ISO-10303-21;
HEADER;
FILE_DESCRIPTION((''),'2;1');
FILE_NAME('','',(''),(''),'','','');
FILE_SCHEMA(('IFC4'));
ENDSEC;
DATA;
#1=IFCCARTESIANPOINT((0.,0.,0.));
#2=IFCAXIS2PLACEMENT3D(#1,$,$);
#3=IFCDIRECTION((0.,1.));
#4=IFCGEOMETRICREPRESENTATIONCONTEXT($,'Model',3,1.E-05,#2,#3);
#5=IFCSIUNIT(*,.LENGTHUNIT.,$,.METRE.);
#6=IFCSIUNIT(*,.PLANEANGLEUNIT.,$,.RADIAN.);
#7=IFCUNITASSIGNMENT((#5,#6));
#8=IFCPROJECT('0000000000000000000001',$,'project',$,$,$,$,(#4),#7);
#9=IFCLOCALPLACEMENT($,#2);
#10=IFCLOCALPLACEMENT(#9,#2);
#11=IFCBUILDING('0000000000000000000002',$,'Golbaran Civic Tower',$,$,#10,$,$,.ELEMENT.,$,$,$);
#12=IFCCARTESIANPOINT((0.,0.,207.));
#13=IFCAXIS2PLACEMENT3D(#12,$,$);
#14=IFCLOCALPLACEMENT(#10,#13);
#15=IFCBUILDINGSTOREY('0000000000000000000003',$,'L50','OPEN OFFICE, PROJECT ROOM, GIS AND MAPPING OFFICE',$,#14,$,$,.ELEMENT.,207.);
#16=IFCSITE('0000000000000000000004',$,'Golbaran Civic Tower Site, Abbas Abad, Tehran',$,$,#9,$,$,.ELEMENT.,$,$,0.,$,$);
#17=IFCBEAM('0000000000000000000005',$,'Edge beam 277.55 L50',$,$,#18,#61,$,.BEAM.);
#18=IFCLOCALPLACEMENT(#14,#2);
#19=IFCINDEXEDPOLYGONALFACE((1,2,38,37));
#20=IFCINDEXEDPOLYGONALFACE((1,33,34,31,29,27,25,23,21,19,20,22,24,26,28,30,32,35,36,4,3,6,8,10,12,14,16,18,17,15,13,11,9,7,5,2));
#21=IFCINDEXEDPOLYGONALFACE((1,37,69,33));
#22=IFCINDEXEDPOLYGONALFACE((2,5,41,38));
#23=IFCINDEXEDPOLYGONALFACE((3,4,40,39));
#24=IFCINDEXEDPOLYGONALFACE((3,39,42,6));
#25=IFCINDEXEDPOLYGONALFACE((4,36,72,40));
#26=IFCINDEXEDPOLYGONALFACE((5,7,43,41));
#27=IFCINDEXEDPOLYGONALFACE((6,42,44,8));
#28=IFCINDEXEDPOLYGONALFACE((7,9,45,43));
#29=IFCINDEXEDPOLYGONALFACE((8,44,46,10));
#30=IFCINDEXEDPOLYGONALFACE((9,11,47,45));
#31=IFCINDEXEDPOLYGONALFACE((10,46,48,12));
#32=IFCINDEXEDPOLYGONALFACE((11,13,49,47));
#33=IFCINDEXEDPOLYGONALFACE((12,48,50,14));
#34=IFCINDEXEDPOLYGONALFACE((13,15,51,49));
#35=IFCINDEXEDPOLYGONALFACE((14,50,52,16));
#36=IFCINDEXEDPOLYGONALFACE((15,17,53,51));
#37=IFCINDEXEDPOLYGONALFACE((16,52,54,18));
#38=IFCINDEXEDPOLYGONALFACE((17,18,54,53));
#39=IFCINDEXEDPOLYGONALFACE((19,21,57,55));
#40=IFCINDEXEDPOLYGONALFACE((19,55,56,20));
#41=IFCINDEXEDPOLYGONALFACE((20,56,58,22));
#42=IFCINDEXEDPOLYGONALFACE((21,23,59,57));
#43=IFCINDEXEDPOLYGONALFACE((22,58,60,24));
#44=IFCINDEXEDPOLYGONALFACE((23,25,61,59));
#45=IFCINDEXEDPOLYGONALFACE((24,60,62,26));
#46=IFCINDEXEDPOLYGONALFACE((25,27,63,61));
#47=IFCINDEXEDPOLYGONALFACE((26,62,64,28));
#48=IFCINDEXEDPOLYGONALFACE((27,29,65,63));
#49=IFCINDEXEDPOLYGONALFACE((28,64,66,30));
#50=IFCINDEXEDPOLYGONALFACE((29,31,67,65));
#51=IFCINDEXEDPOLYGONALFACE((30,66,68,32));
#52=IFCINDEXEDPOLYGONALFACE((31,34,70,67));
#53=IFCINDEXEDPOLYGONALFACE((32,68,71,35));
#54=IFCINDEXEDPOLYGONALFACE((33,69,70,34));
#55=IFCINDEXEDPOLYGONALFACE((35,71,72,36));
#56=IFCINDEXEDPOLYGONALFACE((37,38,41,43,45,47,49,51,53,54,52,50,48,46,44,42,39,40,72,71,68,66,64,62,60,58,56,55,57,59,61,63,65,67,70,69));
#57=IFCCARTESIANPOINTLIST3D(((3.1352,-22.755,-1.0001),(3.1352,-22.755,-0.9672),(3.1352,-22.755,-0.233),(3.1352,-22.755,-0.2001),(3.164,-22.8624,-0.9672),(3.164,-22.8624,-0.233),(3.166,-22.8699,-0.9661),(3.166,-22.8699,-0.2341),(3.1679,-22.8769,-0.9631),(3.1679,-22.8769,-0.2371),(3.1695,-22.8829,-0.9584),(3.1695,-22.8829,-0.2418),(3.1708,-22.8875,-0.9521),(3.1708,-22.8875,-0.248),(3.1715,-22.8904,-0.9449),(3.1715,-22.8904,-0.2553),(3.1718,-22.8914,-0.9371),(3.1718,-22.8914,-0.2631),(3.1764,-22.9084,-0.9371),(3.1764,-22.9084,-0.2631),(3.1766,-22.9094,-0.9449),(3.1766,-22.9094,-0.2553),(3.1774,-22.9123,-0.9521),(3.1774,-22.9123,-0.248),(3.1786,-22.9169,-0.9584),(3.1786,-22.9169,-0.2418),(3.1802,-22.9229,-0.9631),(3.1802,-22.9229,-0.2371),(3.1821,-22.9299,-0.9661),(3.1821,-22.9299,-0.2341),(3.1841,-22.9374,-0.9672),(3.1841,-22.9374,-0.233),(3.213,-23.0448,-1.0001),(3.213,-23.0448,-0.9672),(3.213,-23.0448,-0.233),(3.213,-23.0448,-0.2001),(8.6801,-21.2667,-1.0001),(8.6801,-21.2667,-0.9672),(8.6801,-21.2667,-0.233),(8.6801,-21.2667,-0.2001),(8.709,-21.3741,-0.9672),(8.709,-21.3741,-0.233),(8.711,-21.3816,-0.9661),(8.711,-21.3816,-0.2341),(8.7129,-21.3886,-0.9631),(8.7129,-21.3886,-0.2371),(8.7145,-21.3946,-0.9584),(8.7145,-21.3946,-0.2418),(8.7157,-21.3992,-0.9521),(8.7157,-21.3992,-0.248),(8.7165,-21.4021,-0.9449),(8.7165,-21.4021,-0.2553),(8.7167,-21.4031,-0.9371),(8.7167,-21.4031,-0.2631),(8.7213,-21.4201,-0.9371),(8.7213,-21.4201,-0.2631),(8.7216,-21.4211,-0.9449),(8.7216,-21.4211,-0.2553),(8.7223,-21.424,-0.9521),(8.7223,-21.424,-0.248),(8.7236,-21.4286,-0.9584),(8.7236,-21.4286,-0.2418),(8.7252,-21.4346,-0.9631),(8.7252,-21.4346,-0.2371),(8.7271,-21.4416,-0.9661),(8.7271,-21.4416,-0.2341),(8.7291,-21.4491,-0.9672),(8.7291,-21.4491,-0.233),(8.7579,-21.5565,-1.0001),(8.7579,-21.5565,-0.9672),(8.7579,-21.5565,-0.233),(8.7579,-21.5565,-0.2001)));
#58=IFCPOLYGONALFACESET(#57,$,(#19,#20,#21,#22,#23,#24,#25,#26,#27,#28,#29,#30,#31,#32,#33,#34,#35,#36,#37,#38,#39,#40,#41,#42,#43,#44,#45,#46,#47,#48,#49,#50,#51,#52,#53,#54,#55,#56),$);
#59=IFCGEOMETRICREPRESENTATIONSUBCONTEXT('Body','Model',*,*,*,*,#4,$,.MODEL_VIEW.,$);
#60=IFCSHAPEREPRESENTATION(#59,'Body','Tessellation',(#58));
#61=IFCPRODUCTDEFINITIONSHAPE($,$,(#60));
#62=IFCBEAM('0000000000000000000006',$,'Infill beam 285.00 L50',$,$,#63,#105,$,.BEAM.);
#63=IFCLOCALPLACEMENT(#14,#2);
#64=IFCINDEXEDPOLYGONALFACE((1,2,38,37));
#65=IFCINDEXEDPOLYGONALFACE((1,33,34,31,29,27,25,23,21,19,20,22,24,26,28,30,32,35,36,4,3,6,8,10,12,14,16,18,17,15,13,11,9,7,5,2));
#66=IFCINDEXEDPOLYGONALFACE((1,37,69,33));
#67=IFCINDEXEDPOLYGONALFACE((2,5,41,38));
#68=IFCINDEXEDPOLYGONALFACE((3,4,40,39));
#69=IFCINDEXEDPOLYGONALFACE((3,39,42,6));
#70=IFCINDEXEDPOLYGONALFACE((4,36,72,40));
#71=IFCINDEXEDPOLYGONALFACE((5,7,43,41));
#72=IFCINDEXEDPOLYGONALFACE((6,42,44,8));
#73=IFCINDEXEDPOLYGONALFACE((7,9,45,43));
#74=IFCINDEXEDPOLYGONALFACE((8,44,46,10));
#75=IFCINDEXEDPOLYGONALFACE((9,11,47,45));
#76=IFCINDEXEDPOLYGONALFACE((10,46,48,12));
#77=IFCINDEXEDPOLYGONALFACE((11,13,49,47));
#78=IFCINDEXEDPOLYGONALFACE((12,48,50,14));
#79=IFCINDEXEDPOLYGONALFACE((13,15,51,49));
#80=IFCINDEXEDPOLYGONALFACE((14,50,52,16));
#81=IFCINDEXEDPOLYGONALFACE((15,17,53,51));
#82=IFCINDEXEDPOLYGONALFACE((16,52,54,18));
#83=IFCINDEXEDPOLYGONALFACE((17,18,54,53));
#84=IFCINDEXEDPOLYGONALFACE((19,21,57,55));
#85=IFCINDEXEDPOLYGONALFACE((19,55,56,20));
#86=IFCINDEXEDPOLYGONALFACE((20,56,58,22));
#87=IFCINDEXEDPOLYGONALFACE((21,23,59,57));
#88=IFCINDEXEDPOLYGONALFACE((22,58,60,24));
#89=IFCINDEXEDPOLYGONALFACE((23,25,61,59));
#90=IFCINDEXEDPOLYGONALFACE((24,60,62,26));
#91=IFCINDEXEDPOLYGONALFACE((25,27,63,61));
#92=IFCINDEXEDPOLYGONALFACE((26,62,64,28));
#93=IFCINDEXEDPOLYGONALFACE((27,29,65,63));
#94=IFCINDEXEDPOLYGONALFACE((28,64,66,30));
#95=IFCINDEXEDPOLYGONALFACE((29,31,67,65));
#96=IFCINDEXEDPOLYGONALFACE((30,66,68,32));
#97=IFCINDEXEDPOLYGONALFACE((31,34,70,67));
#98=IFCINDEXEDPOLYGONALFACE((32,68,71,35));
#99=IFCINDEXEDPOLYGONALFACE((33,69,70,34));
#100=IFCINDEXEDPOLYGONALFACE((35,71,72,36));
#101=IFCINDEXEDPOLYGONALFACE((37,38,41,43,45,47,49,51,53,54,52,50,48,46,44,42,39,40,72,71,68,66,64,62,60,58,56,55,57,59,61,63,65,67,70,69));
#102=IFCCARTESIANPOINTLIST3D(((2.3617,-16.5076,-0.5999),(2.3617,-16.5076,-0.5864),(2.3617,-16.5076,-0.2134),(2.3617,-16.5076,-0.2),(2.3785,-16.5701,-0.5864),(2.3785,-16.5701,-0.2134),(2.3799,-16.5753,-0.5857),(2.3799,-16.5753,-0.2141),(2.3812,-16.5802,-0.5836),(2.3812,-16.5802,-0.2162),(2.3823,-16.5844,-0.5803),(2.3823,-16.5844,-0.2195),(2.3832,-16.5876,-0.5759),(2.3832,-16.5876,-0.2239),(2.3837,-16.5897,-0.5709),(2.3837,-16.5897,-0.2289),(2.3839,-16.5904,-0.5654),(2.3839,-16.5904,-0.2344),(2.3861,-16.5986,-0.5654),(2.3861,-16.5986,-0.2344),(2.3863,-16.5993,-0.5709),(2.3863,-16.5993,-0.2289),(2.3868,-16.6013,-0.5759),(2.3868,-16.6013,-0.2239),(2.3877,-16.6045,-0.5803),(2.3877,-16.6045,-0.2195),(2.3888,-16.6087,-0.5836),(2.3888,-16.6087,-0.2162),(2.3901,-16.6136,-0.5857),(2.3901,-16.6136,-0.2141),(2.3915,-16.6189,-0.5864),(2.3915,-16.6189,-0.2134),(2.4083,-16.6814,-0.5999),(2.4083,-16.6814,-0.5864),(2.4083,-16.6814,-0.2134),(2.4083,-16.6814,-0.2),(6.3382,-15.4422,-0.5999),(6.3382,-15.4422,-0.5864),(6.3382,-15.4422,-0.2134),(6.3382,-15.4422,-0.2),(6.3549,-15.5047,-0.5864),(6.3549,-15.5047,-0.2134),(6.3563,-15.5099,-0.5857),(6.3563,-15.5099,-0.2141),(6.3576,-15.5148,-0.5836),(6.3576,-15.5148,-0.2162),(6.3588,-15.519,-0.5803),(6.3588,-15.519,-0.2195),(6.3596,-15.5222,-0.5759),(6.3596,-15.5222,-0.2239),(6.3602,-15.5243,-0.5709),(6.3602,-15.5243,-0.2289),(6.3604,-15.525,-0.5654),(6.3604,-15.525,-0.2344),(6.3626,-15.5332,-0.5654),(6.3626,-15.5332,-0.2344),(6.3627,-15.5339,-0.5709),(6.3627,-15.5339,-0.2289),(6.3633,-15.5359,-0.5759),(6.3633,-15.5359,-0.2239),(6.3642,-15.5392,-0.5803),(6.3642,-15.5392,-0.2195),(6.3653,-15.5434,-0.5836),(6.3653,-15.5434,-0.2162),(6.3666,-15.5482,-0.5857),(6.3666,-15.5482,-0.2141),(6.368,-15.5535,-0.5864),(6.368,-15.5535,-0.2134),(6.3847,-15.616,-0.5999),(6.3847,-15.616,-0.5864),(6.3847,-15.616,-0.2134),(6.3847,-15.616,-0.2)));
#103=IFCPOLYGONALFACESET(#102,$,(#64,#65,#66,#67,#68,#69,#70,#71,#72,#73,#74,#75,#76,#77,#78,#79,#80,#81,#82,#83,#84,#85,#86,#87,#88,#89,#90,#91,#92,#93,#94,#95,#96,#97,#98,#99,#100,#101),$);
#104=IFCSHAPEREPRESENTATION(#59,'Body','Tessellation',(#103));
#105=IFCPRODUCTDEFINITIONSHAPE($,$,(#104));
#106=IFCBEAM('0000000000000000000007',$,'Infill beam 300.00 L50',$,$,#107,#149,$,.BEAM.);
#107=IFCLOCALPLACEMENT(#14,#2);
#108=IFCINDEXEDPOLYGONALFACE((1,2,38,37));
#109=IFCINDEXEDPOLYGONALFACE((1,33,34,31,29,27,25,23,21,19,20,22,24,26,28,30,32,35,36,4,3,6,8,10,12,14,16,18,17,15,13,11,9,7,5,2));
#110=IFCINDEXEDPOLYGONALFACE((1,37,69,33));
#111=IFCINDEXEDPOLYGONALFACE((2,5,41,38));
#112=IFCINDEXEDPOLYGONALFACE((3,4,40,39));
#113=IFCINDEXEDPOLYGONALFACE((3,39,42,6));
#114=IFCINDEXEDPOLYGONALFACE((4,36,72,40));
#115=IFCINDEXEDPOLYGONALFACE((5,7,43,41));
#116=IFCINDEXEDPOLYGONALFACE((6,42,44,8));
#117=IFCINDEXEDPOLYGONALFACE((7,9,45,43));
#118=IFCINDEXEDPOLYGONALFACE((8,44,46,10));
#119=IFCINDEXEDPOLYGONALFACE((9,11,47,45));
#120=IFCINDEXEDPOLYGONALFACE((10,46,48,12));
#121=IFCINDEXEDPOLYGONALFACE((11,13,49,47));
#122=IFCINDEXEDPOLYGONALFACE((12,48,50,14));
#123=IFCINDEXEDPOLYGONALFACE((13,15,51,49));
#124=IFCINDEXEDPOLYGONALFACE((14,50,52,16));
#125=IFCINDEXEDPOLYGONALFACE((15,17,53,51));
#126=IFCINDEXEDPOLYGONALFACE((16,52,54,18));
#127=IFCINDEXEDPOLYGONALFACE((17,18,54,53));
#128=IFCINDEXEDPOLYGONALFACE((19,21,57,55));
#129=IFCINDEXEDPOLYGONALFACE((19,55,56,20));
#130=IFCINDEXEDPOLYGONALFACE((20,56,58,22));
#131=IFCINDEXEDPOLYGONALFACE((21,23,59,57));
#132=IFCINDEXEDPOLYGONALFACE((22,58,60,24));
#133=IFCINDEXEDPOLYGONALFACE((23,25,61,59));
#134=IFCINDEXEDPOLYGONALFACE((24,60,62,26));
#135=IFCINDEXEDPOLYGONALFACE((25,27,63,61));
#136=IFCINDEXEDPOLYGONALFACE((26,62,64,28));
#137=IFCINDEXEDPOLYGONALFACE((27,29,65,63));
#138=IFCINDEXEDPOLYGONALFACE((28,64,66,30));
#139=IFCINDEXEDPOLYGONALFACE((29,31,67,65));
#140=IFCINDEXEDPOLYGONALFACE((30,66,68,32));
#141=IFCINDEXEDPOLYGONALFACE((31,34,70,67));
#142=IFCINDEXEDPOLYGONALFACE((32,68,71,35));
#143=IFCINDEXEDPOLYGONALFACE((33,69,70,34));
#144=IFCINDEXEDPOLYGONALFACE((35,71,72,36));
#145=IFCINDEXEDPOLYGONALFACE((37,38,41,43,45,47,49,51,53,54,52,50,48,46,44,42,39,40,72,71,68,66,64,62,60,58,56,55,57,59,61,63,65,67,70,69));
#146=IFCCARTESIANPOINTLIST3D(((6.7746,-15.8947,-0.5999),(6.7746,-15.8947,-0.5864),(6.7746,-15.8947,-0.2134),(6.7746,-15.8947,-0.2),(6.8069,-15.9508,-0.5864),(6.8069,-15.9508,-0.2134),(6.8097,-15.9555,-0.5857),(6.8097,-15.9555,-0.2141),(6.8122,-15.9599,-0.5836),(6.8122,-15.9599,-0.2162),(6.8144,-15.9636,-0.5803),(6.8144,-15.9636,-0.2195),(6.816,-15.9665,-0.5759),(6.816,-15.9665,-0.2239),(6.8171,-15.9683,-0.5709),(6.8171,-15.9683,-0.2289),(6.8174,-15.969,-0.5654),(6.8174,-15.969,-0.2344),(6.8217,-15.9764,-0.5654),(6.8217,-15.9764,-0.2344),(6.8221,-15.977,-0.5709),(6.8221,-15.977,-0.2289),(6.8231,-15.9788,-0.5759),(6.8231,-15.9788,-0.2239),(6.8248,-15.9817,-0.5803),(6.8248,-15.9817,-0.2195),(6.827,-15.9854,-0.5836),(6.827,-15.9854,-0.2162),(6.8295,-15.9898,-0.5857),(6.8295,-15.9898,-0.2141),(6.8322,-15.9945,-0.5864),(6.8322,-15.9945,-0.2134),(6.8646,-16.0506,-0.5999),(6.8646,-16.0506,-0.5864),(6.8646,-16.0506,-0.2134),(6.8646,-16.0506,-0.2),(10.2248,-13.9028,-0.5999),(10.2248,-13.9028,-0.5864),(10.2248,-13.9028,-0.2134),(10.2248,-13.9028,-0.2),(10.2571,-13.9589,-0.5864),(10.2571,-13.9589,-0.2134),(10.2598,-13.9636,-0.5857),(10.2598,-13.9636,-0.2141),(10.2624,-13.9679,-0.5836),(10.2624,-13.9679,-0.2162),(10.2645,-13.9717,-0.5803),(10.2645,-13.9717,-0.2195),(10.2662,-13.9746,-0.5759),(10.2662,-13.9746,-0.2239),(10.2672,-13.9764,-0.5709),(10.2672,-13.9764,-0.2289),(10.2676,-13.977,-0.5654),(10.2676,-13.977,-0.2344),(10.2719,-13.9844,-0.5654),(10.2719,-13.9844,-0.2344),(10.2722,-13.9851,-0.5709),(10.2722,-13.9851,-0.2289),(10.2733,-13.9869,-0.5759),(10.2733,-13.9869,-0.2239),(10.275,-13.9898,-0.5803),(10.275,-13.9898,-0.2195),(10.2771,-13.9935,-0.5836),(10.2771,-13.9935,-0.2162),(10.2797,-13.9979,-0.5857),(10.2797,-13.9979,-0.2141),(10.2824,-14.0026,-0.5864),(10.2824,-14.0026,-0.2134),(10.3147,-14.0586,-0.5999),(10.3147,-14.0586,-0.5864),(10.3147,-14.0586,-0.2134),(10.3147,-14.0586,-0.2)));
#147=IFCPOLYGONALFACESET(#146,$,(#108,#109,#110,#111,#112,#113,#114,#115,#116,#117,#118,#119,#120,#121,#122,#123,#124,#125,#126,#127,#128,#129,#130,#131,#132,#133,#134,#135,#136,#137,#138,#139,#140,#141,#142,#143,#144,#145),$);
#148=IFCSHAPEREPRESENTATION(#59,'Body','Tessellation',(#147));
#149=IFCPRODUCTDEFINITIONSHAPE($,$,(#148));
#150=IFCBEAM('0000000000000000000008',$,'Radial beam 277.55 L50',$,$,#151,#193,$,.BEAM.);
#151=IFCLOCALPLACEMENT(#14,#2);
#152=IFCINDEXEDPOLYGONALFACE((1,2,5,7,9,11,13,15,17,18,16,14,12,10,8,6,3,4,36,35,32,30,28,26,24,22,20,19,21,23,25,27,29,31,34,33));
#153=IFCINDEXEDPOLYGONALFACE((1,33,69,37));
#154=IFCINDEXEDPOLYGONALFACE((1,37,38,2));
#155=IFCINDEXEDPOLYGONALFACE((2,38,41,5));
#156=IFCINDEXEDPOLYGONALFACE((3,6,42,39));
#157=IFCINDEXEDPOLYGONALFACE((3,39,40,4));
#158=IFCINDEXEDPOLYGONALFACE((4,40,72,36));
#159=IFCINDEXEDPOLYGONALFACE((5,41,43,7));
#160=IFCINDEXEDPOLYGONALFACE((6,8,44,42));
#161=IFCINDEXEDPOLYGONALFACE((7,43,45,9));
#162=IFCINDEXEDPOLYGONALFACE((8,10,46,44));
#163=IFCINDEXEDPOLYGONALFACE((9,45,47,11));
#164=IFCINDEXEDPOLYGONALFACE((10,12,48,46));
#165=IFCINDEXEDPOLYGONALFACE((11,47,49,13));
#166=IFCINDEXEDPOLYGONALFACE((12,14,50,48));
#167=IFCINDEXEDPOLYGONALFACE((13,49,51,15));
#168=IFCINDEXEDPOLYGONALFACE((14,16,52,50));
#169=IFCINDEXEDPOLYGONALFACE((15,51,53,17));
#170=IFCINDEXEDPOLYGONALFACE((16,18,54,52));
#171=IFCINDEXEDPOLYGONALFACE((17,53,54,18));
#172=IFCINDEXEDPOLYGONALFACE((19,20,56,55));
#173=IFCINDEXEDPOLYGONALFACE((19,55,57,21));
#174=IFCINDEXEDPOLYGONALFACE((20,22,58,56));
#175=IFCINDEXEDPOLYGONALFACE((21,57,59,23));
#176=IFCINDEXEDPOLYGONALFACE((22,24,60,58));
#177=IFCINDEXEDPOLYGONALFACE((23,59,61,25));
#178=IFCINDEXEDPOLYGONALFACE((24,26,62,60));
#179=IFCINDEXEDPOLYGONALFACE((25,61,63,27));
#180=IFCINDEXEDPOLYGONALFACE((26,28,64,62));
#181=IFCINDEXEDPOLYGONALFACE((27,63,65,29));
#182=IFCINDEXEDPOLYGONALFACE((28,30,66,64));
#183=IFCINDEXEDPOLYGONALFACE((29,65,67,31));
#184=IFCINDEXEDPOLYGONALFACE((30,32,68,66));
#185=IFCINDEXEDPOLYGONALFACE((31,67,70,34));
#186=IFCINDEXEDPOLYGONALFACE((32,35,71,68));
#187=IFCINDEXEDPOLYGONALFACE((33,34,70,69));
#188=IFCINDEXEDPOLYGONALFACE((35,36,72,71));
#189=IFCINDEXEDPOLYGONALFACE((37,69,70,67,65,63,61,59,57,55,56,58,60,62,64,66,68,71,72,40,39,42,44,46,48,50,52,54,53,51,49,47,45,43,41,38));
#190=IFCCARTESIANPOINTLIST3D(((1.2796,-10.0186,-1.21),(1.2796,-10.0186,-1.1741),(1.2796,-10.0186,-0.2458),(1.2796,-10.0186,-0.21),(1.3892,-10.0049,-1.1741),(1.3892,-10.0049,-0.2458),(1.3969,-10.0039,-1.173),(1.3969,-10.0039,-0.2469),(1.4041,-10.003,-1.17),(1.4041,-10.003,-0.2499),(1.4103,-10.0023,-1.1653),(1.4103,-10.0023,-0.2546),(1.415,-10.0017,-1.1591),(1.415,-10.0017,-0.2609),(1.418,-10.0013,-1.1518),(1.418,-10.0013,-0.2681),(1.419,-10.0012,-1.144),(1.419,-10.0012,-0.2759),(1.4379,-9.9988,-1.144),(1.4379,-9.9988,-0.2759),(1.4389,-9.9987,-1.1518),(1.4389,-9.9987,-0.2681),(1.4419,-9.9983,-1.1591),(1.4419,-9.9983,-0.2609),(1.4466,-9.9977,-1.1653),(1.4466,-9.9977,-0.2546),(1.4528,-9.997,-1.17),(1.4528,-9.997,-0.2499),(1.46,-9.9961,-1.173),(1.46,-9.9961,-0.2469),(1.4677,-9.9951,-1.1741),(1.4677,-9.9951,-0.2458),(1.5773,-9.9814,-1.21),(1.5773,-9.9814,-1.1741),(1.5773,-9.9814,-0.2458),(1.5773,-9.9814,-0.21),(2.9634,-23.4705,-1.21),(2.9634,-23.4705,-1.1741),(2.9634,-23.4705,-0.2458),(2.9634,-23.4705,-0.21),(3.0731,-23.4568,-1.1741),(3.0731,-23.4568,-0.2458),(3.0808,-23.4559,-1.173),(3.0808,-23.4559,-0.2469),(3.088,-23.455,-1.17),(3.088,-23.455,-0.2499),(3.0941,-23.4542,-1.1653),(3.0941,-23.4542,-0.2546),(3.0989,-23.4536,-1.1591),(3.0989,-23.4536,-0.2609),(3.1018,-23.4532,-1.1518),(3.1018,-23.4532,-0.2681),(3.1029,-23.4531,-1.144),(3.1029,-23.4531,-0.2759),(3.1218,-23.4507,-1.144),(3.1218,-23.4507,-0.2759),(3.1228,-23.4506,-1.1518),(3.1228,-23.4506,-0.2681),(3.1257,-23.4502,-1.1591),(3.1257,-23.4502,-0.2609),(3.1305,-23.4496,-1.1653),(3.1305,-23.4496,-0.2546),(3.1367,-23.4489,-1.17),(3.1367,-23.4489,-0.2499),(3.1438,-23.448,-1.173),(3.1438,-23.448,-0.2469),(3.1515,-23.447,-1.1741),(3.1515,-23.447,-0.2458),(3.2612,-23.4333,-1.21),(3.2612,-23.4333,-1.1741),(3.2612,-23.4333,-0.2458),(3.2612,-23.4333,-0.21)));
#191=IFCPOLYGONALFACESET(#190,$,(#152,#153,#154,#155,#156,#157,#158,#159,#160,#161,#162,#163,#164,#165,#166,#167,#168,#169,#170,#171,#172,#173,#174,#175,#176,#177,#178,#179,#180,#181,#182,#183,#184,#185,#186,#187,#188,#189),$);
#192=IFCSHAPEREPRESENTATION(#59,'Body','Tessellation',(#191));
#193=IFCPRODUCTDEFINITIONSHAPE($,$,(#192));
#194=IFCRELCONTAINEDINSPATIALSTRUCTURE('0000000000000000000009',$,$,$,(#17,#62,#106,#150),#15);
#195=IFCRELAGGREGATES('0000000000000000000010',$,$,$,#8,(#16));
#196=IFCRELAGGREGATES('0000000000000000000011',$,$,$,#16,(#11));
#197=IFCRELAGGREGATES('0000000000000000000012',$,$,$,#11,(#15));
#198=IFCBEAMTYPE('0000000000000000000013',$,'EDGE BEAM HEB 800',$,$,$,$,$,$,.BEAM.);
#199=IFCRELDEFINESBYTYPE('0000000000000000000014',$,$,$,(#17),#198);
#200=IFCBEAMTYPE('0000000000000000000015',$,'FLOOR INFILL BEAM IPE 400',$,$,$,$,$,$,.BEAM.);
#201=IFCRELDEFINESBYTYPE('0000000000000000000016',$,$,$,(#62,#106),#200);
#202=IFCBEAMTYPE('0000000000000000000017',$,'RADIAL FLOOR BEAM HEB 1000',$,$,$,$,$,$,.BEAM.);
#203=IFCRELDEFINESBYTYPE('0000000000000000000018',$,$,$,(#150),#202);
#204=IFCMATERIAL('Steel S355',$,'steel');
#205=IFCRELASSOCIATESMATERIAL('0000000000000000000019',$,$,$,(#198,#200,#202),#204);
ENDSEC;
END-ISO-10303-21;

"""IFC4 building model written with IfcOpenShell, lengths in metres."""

from ifc_helpers import new_model, si_unit, direction, frame, origin, origin_2d, place, context, subcontext, project, spatial, i_section, extrude, material, material_profile, profile_set, type_object, element, save


model = new_model("IFC4")

# Units and contexts
model_context = context("Model", 3, precision=1e-05, world=origin(), true_north=direction((0.0, 1.0)))
body_context = subcontext(model_context, "Body", "Model", "MODEL_VIEW")
ifc_project = project(units=[si_unit("LENGTHUNIT", "METRE"), si_unit("PLANEANGLEUNIT", "RADIAN")], contexts=[model_context])

# Site, building, storey
site_placement = place(None, origin())
site = spatial("IfcSite", under=ifc_project, at=site_placement, Name="Golbaran Civic Tower Site, Abbas Abad, Tehran", CompositionType="ELEMENT", RefElevation=0.0)
building_placement = place(site_placement, origin())
building = spatial("IfcBuilding", under=site, at=building_placement, Name="Golbaran Civic Tower", CompositionType="ELEMENT")
storey_placement = place(building_placement, frame((0.0, 0.0, 207.0)))
storey = spatial("IfcBuildingStorey", under=building, at=storey_placement, Name="L50", Description="OPEN OFFICE, PROJECT ROOM, GIS AND MAPPING OFFICE", CompositionType="ELEMENT", Elevation=207.0)

# Beams
ifc_material_1 = material(Name="Steel S355", Category="steel")
ifc_material_profile_1 = material_profile(ifc_material_1, i_section(OverallWidth=0.3, OverallDepth=0.8, WebThickness=0.0176, FlangeThickness=0.033, FilletRadius=0.03, at=origin_2d()), Name="HEB 800")
ifc_profile_set_1 = profile_set([ifc_material_profile_1], Name="Steel S355")
beam_type_1 = type_object("IfcBeamType", Name="EDGE BEAM HEB 800", PredefinedType="BEAM", material=ifc_profile_set_1)
beam_1_placement = place(storey_placement, frame((3.1741, -22.8999, -0.6001), z_axis=(0.965816, 0.259229, 0.0), x_axis=(-0.259229, 0.965816, 0.0)))
element("IfcBeam", 1, at=beam_1_placement, inside=storey, type_object=beam_type_1, Name="Edge beam 277.55 L50", PredefinedType="BEAM", context=body_context, shape_type="SweptSolid", body=[
    extrude(i_section(OverallWidth=0.3, OverallDepth=0.8, WebThickness=0.0176, FlangeThickness=0.033, FilletRadius=0.03, at=origin_2d()), origin(), (0.0, 0.0, 1.0), 5.7412),
])
ifc_material_profile_2 = material_profile(ifc_material_1, i_section(OverallWidth=0.1799, OverallDepth=0.3999, WebThickness=0.0085, FlangeThickness=0.0134, FilletRadius=0.021, at=origin_2d()), Name="IPE 400")
ifc_profile_set_2 = profile_set([ifc_material_profile_2], Name="Steel S355")
beam_type_2 = type_object("IfcBeamType", Name="FLOOR INFILL BEAM IPE 400", PredefinedType="BEAM", material=ifc_profile_set_2)
beam_2_placement = place(storey_placement, frame((2.385, -16.5945, -0.3999), z_axis=(0.965931, 0.258799, 0.0), x_axis=(-0.258799, 0.965931, 0.0)))
element("IfcBeam", 2, at=beam_2_placement, inside=storey, type_object=beam_type_2, Name="Infill beam 285.00 L50", PredefinedType="BEAM", context=body_context, shape_type="SweptSolid", body=[
    extrude(i_section(OverallWidth=0.1799, OverallDepth=0.3999, WebThickness=0.0085, FlangeThickness=0.0134, FilletRadius=0.021, at=origin_2d()), origin(), (0.0, 0.0, 1.0), 4.1167),
])
beam_3_placement = place(storey_placement, frame((6.8196, -15.9727, -0.3999), z_axis=(0.866028, 0.499995, 0.0), x_axis=(-0.499995, 0.866028, 0.0)))
element("IfcBeam", 3, at=beam_3_placement, inside=storey, type_object=beam_type_2, Name="Infill beam 300.00 L50", PredefinedType="BEAM", context=body_context, shape_type="SweptSolid", body=[
    extrude(i_section(OverallWidth=0.1799, OverallDepth=0.3999, WebThickness=0.0085, FlangeThickness=0.0134, FilletRadius=0.021, at=origin_2d()), origin(), (0.0, 0.0, 1.0), 3.9839),
])
ifc_material_profile_3 = material_profile(ifc_material_1, i_section(OverallWidth=0.3, OverallDepth=1.0, WebThickness=0.019, FlangeThickness=0.0359, FilletRadius=0.03, at=origin_2d()), Name="HEB 1000")
ifc_profile_set_3 = profile_set([ifc_material_profile_3], Name="Steel S355")
beam_type_3 = type_object("IfcBeamType", Name="RADIAL FLOOR BEAM HEB 1000", PredefinedType="BEAM", material=ifc_profile_set_3)
beam_4_placement = place(storey_placement, frame((1.4285, -10.0, -0.71), z_axis=(0.124205, -0.992257, 0.0), x_axis=(0.992257, 0.124205, 0.0)))
element("IfcBeam", 4, at=beam_4_placement, inside=storey, type_object=beam_type_3, Name="Radial beam 277.55 L50", PredefinedType="BEAM", context=body_context, shape_type="SweptSolid", body=[
    extrude(i_section(OverallWidth=0.3, OverallDepth=1.0, WebThickness=0.019, FlangeThickness=0.0359, FilletRadius=0.03, at=origin_2d()), origin(), (0.0, 0.0, 1.0), 13.5569),
])

save(model, "model.ifc")
